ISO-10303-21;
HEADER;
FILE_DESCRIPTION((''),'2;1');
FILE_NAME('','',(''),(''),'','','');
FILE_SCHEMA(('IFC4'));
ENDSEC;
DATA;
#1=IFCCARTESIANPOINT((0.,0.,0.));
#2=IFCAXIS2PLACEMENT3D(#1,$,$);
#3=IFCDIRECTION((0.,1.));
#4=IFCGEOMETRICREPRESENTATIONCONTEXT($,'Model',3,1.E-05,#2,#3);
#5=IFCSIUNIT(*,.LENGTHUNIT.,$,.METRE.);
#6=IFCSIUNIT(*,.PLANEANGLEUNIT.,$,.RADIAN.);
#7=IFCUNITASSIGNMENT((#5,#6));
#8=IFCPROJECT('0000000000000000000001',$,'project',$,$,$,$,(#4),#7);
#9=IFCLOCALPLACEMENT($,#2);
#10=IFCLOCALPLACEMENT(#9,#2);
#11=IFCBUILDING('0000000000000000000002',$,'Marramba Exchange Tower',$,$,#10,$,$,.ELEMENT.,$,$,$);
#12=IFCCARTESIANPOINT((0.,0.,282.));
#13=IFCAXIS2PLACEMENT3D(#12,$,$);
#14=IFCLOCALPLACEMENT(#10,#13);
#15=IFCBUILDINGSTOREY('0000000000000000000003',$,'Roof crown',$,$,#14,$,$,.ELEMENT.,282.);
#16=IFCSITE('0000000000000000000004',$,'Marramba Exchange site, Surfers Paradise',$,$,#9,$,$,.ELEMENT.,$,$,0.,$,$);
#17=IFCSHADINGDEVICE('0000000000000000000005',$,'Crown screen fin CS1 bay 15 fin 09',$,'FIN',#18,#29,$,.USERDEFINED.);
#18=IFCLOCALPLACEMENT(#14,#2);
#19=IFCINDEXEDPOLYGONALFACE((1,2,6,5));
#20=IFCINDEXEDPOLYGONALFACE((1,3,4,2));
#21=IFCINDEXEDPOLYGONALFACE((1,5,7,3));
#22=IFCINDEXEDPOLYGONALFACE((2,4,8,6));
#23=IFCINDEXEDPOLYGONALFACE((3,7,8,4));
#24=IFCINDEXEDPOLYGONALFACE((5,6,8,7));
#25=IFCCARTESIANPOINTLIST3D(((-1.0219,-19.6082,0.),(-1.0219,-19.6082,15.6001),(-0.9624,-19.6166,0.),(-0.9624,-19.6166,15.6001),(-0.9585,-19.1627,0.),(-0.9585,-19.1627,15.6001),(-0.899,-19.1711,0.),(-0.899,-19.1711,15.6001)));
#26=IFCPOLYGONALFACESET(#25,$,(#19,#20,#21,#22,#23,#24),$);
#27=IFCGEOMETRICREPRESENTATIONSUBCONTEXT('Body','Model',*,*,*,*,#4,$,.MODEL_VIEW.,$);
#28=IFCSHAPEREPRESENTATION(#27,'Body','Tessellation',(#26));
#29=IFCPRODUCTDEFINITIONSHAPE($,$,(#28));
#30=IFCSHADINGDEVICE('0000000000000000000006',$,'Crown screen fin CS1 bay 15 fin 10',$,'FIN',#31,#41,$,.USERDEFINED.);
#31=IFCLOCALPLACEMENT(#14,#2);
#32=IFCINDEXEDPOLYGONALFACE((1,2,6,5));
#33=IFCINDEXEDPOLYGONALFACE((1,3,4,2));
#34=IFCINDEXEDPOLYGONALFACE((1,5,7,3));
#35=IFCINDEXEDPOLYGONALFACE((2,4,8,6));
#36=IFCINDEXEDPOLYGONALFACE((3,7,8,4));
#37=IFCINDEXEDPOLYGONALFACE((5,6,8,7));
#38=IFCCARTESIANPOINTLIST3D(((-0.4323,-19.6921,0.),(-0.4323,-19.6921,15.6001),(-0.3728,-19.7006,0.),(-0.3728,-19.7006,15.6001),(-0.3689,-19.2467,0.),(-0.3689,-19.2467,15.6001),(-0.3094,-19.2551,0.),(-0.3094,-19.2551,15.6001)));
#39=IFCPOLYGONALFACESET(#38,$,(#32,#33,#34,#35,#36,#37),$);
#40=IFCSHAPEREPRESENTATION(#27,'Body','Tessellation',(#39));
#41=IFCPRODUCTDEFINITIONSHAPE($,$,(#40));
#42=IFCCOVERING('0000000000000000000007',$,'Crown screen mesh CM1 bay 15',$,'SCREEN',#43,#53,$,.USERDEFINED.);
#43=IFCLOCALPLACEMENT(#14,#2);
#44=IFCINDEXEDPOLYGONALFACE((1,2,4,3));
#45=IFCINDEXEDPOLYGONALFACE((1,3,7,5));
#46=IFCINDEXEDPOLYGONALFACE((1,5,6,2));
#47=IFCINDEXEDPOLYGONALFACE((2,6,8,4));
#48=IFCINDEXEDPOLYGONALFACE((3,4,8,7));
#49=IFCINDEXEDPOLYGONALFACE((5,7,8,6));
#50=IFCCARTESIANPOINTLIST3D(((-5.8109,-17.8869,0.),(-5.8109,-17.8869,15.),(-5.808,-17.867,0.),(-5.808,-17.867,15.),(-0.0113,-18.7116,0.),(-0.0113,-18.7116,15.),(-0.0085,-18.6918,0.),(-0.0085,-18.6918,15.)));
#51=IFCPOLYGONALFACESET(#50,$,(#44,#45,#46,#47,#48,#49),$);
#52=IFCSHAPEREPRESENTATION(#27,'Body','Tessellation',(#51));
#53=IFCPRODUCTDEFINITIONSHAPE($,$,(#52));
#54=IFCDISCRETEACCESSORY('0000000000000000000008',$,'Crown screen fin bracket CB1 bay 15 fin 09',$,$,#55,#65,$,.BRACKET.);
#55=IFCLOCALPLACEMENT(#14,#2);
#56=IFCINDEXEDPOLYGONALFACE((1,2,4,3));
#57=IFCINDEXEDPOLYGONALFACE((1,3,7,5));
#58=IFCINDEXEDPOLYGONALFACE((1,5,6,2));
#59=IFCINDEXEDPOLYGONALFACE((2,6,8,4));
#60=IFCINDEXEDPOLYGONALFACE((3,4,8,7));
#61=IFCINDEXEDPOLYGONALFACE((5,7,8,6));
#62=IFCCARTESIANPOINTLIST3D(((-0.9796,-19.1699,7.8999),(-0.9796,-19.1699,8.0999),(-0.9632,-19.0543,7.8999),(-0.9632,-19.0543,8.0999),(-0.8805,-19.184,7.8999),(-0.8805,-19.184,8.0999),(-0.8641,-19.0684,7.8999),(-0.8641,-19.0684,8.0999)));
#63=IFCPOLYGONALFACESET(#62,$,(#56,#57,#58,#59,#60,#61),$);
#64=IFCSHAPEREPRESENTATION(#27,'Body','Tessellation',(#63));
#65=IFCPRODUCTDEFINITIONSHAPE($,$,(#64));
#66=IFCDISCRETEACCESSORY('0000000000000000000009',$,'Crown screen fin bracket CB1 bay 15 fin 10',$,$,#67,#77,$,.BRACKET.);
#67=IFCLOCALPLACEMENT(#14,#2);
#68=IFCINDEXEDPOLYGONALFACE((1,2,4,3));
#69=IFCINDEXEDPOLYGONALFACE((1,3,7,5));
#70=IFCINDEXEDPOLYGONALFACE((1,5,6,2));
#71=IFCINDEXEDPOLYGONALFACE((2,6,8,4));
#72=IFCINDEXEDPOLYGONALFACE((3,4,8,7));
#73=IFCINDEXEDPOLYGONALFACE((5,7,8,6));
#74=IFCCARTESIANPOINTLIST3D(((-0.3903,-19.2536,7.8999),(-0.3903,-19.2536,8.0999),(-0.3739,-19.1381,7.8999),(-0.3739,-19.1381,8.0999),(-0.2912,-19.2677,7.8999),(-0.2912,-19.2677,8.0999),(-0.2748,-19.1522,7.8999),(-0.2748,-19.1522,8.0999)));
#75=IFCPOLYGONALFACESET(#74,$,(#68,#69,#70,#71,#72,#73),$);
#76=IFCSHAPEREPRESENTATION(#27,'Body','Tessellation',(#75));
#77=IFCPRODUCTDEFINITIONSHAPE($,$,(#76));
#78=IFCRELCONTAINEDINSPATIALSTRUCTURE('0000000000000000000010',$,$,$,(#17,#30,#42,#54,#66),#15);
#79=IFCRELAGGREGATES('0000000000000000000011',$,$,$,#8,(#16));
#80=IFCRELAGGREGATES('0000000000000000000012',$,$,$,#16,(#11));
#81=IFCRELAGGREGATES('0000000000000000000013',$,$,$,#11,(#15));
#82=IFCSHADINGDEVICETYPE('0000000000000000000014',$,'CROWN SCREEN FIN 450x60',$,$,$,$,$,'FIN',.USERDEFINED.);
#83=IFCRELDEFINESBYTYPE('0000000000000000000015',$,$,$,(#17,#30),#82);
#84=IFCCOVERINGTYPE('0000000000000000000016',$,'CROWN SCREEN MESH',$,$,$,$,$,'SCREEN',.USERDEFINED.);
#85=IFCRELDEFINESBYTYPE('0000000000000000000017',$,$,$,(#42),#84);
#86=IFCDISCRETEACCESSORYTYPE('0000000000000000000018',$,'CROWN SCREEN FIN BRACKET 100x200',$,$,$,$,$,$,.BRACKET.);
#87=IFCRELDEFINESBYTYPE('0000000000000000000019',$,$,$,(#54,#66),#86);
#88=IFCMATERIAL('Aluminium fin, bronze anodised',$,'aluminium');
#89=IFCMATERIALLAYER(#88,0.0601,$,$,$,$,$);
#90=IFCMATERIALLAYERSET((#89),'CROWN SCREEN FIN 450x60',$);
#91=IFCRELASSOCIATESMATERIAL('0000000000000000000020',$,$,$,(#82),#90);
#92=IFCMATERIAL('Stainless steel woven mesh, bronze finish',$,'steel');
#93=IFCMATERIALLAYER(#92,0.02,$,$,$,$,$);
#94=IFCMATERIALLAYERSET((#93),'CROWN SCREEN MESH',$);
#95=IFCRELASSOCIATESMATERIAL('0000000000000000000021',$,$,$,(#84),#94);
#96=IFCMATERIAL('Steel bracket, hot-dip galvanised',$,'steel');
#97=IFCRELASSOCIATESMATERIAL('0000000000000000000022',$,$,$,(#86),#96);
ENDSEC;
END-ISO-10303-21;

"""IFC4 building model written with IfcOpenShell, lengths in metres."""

from ifc_helpers import new_model, si_unit, direction, frame, origin, origin_2d, place, context, subcontext, project, spatial, rectangle, extrude, material, layer, layer_set, type_object, element, save


model = new_model("IFC4")

# Units and contexts
model_context = context("Model", 3, precision=1e-05, world=origin(), true_north=direction((0.0, 1.0)))
body_context = subcontext(model_context, "Body", "Model", "MODEL_VIEW")
ifc_project = project(units=[si_unit("LENGTHUNIT", "METRE"), si_unit("PLANEANGLEUNIT", "RADIAN")], contexts=[model_context])

# Site, building, storey
site_placement = place(None, origin())
site = spatial("IfcSite", under=ifc_project, at=site_placement, Name="Marramba Exchange site, Surfers Paradise", CompositionType="ELEMENT", RefElevation=0.0)
building_placement = place(site_placement, origin())
building = spatial("IfcBuilding", under=site, at=building_placement, Name="Marramba Exchange Tower", CompositionType="ELEMENT")
storey_placement = place(building_placement, frame((0.0, 0.0, 282.0)))
storey = spatial("IfcBuildingStorey", under=building, at=storey_placement, Name="Roof crown", CompositionType="ELEMENT", Elevation=282.0)

# Shading devices
ifc_material_1 = material(Name="Aluminium fin, bronze anodised", Category="aluminium")
ifc_layer_1 = layer(ifc_material_1, 0.0601)
ifc_layer_set_1 = layer_set([ifc_layer_1], Name="CROWN SCREEN FIN 450x60")
shading_device_type = type_object("IfcShadingDeviceType", Name="CROWN SCREEN FIN 450x60", ElementType="FIN", PredefinedType="USERDEFINED", material=ifc_layer_set_1)
for number, where, z_axis, x_axis, name in (
    (1, (-0.9604, -19.3896, 0.0), (0.0, 0.0, 1.0), (-0.140789, -0.99004, 0.0), "Crown screen fin CS1 bay 15 fin 09"),
    (2, (-0.3708, -19.4736, 0.0), (0.0, 0.0, 1.0), (-0.140789, -0.99004, 0.0), "Crown screen fin CS1 bay 15 fin 10"),
):
    element("IfcShadingDevice", number, at=place(storey_placement, frame(where, z_axis=z_axis, x_axis=x_axis)), inside=storey, type_object=shading_device_type, Name=name, ObjectType="FIN", PredefinedType="USERDEFINED", context=body_context, shape_type="SweptSolid", body=[
        extrude(rectangle(XDim=0.45, YDim=0.0601, at=origin_2d()), origin(), (0.0, 0.0, 1.0), 15.6001),
    ])

# Covering
ifc_material_2 = material(Name="Stainless steel woven mesh, bronze finish", Category="steel")
ifc_layer_2 = layer(ifc_material_2, 0.02)
ifc_layer_set_2 = layer_set([ifc_layer_2], Name="CROWN SCREEN MESH")
covering_type = type_object("IfcCoveringType", Name="CROWN SCREEN MESH", ElementType="SCREEN", PredefinedType="USERDEFINED", material=ifc_layer_set_2)
covering_placement = place(storey_placement, frame((-2.9097, -18.2893, 0.0), z_axis=(0.0, 0.0, 1.0), x_axis=(0.99004, -0.140789, 0.0)))
element("IfcCovering", 3, at=covering_placement, inside=storey, type_object=covering_type, Name="Crown screen mesh CM1 bay 15", ObjectType="SCREEN", PredefinedType="USERDEFINED", context=body_context, shape_type="SweptSolid", body=[
    extrude(rectangle(XDim=5.8579, YDim=0.02, at=origin_2d()), origin(), (0.0, 0.0, 1.0), 15.0),
])

# Discrete accessories
ifc_material_3 = material(Name="Steel bracket, hot-dip galvanised", Category="steel")
discrete_accessory_type = type_object("IfcDiscreteAccessoryType", Name="CROWN SCREEN FIN BRACKET 100x200", PredefinedType="BRACKET", material=ifc_material_3)
for number, where, z_axis, x_axis, name in (
    (4, (-0.9219, -19.1191, 7.8999), (0.0, 0.0, 1.0), (0.99004, -0.140789, 0.0), "Crown screen fin bracket CB1 bay 15 fin 09"),
    (5, (-0.3325, -19.2029, 7.8999), (0.0, 0.0, 1.0), (0.99004, -0.140789, 0.0), "Crown screen fin bracket CB1 bay 15 fin 10"),
):
    element("IfcDiscreteAccessory", number, at=place(storey_placement, frame(where, z_axis=z_axis, x_axis=x_axis)), inside=storey, type_object=discrete_accessory_type, Name=name, PredefinedType="BRACKET", context=body_context, shape_type="SweptSolid", body=[
        extrude(rectangle(XDim=0.1001, YDim=0.1167, at=origin_2d()), origin(), (0.0, 0.0, 1.0), 0.2),
    ])

save(model, "model.ifc")
